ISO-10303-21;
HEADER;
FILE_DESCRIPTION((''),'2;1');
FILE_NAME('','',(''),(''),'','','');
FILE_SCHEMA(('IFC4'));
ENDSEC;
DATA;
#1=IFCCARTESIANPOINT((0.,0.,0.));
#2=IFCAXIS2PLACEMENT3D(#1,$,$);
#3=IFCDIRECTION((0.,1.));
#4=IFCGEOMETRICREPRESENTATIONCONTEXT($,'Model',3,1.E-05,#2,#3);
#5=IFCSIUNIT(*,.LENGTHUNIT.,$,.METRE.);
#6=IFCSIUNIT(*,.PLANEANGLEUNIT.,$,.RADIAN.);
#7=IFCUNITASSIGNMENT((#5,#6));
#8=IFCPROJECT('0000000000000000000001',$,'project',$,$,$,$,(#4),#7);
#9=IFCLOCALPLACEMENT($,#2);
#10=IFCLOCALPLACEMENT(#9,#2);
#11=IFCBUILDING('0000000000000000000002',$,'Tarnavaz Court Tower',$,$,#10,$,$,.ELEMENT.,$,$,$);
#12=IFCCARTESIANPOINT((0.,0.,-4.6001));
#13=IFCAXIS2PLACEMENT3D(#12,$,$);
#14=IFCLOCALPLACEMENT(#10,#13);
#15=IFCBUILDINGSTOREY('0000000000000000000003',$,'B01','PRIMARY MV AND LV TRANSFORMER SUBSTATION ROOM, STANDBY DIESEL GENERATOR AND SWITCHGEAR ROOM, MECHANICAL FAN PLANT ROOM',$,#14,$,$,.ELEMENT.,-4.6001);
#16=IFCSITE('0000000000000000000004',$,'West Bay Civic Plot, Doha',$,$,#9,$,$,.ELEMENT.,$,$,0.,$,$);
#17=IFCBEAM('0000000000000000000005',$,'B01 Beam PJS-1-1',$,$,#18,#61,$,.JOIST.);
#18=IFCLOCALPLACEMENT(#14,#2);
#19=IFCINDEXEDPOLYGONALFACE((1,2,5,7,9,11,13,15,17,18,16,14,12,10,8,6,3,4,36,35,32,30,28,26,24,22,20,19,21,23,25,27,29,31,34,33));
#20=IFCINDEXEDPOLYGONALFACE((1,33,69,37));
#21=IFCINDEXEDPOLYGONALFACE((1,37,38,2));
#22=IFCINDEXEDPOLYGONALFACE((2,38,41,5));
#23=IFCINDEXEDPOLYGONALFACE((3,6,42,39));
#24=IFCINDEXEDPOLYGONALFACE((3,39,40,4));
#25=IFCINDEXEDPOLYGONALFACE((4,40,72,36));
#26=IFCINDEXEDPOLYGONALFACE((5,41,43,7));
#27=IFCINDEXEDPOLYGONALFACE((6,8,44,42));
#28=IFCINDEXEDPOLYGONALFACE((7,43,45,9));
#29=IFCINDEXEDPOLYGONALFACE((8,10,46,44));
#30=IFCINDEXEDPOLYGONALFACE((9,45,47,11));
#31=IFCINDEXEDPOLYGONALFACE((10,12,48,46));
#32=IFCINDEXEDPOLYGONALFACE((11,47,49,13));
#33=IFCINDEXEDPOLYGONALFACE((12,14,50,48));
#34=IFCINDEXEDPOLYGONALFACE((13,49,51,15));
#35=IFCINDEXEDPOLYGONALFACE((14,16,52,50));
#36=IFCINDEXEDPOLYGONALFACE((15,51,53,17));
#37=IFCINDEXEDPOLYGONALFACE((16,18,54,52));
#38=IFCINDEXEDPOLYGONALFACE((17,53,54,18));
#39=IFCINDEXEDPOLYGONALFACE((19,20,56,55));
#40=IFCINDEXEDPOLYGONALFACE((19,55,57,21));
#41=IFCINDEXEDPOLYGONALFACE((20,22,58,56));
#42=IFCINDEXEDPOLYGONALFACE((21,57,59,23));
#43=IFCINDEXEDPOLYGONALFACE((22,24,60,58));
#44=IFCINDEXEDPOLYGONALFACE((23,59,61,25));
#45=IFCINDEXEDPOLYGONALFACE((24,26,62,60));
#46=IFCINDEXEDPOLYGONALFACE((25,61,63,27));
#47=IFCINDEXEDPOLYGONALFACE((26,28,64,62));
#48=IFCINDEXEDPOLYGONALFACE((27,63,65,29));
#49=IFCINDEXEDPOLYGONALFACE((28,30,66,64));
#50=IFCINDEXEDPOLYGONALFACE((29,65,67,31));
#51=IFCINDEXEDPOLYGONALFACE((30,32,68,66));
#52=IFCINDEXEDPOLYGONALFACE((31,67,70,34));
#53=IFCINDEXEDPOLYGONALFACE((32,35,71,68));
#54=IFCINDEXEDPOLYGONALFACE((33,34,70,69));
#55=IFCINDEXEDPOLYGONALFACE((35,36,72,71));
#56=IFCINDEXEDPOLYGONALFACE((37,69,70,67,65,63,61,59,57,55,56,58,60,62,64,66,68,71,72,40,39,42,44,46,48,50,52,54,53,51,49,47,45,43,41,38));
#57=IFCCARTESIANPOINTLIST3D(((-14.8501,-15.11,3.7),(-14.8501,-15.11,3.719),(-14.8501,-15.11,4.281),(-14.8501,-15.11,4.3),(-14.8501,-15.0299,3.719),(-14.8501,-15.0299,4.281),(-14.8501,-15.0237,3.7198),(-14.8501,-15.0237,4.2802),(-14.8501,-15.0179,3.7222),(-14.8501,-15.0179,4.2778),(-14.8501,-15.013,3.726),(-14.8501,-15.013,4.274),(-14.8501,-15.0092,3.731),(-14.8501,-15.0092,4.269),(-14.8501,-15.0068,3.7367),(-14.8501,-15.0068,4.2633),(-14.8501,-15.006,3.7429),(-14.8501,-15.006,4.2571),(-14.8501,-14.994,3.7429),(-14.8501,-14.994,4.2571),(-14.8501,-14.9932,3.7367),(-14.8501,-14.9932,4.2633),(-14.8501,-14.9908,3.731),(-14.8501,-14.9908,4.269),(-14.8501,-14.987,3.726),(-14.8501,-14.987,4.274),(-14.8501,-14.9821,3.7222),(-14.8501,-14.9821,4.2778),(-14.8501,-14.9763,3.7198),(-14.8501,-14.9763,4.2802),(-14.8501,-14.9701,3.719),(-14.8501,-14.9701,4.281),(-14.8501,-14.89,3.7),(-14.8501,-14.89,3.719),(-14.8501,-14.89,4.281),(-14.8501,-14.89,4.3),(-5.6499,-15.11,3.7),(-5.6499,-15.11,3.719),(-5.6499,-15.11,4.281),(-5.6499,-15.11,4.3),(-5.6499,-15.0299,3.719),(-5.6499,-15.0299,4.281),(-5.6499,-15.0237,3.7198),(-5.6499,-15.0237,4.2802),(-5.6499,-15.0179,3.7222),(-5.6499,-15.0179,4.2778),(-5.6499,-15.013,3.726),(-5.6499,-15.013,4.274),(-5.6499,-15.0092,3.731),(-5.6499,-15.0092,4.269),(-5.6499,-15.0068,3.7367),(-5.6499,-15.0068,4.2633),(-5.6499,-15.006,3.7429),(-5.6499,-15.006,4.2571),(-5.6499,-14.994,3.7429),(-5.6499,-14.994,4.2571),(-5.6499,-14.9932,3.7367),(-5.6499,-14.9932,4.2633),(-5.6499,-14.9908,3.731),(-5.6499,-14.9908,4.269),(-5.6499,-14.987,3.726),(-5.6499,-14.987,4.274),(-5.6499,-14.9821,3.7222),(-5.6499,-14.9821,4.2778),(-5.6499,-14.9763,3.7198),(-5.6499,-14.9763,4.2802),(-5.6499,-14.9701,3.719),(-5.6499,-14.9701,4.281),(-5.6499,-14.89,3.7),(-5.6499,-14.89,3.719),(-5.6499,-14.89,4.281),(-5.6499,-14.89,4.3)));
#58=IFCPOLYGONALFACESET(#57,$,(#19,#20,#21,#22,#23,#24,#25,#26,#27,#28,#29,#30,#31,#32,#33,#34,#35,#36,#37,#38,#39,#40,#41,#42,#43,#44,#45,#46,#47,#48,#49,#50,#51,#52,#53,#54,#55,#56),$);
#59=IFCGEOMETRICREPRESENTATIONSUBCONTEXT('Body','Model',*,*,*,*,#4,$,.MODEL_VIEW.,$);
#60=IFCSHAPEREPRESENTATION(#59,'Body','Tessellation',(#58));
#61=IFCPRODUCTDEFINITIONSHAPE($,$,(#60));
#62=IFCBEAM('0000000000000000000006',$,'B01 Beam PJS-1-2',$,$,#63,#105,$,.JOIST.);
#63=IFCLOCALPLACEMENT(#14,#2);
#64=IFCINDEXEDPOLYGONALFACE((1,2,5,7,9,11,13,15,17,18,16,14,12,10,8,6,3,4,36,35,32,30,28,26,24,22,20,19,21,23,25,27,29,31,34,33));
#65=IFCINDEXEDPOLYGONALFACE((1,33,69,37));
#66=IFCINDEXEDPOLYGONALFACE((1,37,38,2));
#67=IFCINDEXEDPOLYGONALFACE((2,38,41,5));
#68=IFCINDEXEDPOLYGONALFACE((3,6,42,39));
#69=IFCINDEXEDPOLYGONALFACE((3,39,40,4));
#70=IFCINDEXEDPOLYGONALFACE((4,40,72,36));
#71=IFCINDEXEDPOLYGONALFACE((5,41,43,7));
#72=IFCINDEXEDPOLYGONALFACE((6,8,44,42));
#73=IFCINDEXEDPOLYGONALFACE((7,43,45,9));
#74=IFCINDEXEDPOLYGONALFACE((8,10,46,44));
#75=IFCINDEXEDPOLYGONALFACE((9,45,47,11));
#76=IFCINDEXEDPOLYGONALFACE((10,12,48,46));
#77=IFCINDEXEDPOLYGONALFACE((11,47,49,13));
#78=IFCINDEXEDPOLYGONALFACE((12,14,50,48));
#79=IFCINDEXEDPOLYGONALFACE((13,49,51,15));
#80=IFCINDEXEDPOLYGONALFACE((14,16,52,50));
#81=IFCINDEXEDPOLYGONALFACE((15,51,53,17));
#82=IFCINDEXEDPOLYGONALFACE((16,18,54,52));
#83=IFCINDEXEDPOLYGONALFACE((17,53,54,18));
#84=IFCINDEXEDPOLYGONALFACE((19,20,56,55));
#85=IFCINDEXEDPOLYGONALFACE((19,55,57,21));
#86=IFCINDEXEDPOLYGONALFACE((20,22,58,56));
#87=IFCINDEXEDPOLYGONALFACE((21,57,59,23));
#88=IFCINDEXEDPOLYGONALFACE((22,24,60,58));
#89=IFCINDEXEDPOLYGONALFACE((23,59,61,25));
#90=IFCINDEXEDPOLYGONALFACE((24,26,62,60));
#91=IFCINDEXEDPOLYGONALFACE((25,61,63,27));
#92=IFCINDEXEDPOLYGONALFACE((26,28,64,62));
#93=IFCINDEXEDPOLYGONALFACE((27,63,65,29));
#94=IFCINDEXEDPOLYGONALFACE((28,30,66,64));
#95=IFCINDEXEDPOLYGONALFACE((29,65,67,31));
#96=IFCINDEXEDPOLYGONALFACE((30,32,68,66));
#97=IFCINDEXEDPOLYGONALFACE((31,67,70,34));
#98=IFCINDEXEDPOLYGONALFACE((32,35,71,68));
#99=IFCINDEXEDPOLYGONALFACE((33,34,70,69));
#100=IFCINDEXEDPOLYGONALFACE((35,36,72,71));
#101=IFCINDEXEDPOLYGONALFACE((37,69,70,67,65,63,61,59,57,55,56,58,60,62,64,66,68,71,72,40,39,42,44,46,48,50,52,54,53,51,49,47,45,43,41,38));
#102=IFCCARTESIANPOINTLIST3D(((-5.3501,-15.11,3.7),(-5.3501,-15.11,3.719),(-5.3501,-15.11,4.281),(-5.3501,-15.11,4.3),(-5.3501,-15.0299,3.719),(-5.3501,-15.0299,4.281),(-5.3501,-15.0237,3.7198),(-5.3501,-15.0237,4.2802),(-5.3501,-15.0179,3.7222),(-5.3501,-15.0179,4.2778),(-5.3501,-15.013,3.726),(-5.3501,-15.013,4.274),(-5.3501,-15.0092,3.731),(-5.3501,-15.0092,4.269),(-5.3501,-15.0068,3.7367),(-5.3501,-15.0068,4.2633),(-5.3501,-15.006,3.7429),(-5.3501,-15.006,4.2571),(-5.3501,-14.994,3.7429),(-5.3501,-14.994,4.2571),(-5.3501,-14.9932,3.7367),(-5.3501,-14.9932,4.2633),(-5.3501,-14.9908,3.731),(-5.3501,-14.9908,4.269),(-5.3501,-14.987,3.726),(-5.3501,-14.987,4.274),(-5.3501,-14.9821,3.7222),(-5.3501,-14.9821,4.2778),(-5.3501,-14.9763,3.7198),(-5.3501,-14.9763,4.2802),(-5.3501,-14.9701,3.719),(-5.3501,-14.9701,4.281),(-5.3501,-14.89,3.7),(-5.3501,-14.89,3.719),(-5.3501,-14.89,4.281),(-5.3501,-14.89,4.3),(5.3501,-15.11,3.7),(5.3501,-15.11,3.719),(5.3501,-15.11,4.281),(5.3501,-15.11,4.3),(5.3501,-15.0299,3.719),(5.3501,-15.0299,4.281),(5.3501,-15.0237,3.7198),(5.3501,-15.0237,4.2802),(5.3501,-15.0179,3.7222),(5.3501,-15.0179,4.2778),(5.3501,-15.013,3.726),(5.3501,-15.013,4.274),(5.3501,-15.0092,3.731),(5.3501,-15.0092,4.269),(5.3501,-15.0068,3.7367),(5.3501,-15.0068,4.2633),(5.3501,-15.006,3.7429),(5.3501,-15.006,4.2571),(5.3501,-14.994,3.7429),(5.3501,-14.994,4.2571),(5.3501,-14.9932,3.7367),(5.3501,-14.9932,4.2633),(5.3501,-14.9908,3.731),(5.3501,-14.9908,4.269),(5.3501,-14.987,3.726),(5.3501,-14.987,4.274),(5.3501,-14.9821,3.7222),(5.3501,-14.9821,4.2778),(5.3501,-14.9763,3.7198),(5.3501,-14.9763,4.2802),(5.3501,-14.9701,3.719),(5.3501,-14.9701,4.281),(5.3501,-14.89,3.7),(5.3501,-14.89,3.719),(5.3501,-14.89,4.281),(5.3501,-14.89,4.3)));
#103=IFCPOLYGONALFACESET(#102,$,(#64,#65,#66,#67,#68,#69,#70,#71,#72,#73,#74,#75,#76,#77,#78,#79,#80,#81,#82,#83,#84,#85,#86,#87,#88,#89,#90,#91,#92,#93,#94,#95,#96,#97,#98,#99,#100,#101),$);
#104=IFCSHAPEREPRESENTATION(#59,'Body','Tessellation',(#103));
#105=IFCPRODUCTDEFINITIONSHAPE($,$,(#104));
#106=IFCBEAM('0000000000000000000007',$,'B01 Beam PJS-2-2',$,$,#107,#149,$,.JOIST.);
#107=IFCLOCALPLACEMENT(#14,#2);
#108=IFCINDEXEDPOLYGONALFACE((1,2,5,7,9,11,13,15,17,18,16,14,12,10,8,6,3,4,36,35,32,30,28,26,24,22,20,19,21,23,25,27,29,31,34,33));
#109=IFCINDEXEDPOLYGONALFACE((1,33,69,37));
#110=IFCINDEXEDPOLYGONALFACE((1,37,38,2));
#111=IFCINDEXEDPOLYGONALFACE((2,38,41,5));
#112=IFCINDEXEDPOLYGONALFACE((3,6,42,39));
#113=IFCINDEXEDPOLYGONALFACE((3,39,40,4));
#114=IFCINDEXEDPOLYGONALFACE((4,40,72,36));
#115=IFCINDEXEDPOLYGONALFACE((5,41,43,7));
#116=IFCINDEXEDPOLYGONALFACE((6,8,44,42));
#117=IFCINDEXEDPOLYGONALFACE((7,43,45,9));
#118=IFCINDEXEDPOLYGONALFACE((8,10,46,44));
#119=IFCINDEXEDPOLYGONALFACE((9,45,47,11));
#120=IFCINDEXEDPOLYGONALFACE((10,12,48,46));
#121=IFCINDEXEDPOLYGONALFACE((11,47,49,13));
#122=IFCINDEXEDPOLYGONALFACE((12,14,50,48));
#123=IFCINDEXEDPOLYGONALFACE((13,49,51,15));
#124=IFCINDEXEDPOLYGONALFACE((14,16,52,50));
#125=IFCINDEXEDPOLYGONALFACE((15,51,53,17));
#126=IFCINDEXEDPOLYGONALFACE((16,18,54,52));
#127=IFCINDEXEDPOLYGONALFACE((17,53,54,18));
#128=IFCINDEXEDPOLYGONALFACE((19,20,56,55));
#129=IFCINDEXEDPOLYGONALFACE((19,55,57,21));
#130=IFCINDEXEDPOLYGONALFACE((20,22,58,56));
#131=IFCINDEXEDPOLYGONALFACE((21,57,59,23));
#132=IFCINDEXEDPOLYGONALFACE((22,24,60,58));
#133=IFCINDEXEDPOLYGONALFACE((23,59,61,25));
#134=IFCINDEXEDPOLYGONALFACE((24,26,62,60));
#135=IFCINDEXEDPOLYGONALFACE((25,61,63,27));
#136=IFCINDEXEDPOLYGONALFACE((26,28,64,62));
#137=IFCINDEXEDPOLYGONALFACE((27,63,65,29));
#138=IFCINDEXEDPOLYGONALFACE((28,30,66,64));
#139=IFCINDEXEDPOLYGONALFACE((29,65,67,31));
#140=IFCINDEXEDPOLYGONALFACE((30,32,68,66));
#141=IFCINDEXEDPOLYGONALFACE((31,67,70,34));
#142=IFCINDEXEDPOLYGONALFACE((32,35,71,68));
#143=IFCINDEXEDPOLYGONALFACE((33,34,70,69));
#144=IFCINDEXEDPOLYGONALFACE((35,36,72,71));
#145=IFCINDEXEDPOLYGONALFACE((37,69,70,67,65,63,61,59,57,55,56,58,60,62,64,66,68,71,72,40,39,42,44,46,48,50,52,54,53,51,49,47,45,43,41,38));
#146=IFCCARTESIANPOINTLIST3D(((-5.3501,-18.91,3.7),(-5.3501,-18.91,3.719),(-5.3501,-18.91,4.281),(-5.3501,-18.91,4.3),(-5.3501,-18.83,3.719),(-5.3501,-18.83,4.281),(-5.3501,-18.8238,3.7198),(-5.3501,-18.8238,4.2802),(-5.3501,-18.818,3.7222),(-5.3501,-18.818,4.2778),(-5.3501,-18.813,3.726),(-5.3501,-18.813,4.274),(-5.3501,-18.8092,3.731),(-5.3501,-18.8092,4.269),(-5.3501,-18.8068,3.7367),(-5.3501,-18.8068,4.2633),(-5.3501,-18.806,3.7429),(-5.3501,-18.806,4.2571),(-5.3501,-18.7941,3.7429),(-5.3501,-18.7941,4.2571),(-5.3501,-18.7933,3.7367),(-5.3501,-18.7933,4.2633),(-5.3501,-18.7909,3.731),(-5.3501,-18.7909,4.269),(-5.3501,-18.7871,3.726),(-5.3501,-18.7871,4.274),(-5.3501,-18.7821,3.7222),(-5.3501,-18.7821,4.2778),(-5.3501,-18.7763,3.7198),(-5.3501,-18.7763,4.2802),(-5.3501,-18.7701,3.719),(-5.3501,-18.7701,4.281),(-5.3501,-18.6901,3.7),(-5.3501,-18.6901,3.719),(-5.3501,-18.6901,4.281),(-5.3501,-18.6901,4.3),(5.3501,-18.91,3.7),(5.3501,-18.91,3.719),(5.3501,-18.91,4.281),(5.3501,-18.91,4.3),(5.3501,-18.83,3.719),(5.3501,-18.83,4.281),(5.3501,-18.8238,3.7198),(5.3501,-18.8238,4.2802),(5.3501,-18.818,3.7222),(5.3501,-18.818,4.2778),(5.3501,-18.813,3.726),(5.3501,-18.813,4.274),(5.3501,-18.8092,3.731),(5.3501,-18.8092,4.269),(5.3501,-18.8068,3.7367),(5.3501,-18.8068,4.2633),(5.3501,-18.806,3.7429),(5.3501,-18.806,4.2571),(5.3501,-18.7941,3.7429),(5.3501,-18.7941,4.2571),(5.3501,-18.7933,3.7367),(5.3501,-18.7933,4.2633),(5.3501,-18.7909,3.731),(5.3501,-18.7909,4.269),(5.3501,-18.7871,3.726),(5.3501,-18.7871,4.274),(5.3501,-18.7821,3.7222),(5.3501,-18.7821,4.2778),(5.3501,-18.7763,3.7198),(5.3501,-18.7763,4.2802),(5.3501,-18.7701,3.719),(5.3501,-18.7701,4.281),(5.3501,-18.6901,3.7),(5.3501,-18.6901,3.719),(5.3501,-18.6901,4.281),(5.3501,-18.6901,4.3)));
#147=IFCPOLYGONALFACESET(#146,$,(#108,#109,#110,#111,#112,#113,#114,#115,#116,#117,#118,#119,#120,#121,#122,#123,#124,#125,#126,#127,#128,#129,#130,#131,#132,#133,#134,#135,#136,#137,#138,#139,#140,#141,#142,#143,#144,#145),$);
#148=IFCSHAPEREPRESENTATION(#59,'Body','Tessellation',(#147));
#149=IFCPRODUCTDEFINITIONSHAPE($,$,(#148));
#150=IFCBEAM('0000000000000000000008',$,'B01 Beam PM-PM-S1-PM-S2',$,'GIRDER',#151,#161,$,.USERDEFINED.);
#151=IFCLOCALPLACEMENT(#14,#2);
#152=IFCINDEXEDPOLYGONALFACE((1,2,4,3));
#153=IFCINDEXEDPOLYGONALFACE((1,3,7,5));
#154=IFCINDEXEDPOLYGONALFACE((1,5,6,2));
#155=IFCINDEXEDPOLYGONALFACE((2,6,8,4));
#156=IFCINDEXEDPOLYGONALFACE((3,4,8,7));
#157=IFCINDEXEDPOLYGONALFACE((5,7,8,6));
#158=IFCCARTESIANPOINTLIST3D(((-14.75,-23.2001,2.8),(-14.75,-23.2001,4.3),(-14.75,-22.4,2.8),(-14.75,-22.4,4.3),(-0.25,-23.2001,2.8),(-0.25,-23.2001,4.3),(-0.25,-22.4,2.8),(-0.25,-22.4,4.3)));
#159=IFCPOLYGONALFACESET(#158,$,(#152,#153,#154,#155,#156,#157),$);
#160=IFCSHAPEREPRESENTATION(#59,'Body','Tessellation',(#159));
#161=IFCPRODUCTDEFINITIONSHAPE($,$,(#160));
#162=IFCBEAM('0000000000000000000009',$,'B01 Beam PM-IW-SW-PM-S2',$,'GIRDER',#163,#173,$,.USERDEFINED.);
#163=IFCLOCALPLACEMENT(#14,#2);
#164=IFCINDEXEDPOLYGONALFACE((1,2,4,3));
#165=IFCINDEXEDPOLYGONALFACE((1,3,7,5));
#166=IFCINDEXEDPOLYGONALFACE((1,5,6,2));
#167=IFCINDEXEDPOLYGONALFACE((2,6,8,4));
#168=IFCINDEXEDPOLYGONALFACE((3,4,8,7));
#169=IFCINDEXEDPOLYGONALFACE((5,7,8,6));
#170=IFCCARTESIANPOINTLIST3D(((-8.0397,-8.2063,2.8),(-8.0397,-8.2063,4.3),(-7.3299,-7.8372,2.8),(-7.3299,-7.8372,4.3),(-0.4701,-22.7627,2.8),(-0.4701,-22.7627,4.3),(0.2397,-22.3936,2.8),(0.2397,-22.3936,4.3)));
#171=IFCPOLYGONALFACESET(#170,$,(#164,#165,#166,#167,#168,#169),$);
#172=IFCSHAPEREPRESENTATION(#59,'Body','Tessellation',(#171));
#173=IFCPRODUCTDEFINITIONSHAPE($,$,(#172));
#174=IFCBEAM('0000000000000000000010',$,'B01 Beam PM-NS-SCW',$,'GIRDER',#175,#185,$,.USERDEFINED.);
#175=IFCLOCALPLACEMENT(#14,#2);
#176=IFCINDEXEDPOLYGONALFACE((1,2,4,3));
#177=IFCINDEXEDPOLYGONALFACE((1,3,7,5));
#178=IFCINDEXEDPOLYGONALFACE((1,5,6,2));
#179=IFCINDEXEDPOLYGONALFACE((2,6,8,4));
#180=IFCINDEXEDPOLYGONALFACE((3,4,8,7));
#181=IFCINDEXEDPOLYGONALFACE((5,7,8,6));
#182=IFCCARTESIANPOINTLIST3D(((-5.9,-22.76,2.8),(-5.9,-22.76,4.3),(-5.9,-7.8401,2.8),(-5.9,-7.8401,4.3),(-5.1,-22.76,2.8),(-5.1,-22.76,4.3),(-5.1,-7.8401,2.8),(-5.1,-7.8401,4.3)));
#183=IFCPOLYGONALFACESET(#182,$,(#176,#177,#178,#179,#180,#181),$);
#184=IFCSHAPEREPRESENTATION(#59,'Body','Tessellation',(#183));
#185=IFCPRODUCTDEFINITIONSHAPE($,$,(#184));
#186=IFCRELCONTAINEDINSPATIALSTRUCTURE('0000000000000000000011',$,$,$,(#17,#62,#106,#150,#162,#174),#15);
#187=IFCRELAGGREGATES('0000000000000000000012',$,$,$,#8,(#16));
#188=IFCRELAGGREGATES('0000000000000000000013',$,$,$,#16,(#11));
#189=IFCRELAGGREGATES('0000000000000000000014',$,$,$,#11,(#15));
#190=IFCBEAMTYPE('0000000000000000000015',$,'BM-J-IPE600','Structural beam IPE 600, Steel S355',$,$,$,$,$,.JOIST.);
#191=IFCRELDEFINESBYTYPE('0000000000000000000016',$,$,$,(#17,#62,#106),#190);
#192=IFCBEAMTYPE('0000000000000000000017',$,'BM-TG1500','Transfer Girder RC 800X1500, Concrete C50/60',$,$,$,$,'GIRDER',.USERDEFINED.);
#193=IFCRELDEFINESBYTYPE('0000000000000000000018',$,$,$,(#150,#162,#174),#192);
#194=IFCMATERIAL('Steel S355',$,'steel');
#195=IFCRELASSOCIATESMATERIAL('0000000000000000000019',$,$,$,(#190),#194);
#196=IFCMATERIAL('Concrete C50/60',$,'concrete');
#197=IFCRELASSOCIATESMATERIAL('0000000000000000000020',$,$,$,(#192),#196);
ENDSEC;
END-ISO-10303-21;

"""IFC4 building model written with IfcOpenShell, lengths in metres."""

from ifc_helpers import new_model, si_unit, direction, frame, origin, origin_2d, place, context, subcontext, project, spatial, rectangle, i_section, extrude, material, material_profile, profile_set, type_object, element, save


model = new_model("IFC4")

# Units and contexts
model_context = context("Model", 3, precision=1e-05, world=origin(), true_north=direction((0.0, 1.0)))
body_context = subcontext(model_context, "Body", "Model", "MODEL_VIEW")
ifc_project = project(units=[si_unit("LENGTHUNIT", "METRE"), si_unit("PLANEANGLEUNIT", "RADIAN")], contexts=[model_context])

# Site, building, storey
site_placement = place(None, origin())
site = spatial("IfcSite", under=ifc_project, at=site_placement, Name="West Bay Civic Plot, Doha", CompositionType="ELEMENT", RefElevation=0.0)
building_placement = place(site_placement, origin())
building = spatial("IfcBuilding", under=site, at=building_placement, Name="Tarnavaz Court Tower", CompositionType="ELEMENT")
storey_placement = place(building_placement, frame((0.0, 0.0, -4.6001)))
storey = spatial("IfcBuildingStorey", under=building, at=storey_placement, Name="B01", Description="PRIMARY MV AND LV TRANSFORMER SUBSTATION ROOM, STANDBY DIESEL GENERATOR AND SWITCHGEAR ROOM, MECHANICAL FAN PLANT ROOM", CompositionType="ELEMENT", Elevation=-4.6001)

# Beams
ifc_material_1 = material(Name="Steel S355", Category="steel")
ifc_material_profile_1 = material_profile(ifc_material_1, i_section(OverallWidth=0.22, OverallDepth=0.6001, WebThickness=0.012, FlangeThickness=0.019, FilletRadius=0.0239, at=origin_2d()), Name="IPE 600")
ifc_profile_set_1 = profile_set([ifc_material_profile_1], Name="Steel S355")
beam_type_1 = type_object("IfcBeamType", Name="BM-J-IPE600", Description="Structural beam IPE 600, Steel S355", PredefinedType="JOIST", material=ifc_profile_set_1)
beam_1_placement = place(storey_placement, frame((-14.8501, -15.0, 4.0), z_axis=(1.0, 0.0, 0.0), x_axis=(0.0, 1.0, 0.0)))
element("IfcBeam", 1, at=beam_1_placement, inside=storey, type_object=beam_type_1, Name="B01 Beam PJS-1-1", PredefinedType="JOIST", context=body_context, shape_type="SweptSolid", body=[
    extrude(i_section(OverallWidth=0.22, OverallDepth=0.6001, WebThickness=0.012, FlangeThickness=0.019, FilletRadius=0.0239, at=origin_2d()), origin(), (0.0, 0.0, 1.0), 9.2002),
])
for number, where, z_axis, x_axis, name in (
    (2, (-5.3501, -15.0, 4.0), (1.0, 0.0, 0.0), (0.0, 1.0, 0.0), "B01 Beam PJS-1-2"),
    (3, (-5.3501, -18.8, 4.0), (1.0, 0.0, 0.0), (0.0, 1.0, 0.0), "B01 Beam PJS-2-2"),
):
    element("IfcBeam", number, at=place(storey_placement, frame(where, z_axis=z_axis, x_axis=x_axis)), inside=storey, type_object=beam_type_1, Name=name, PredefinedType="JOIST", context=body_context, shape_type="SweptSolid", body=[
        extrude(i_section(OverallWidth=0.22, OverallDepth=0.6001, WebThickness=0.012, FlangeThickness=0.019, FilletRadius=0.0239, at=origin_2d()), origin(), (0.0, 0.0, 1.0), 10.7002),
    ])
ifc_material_2 = material(Name="Concrete C50/60", Category="concrete")
ifc_material_profile_2 = material_profile(ifc_material_2, rectangle(XDim=0.8, YDim=1.5, at=origin_2d()), Name="RC 800X1500")
ifc_profile_set_2 = profile_set([ifc_material_profile_2], Name="Concrete C50/60")
beam_type_2 = type_object("IfcBeamType", Name="BM-TG1500", Description="Transfer Girder RC 800X1500, Concrete C50/60", ElementType="GIRDER", PredefinedType="USERDEFINED", material=ifc_profile_set_2)
beam_2_placement = place(storey_placement, frame((-14.75, -22.8, 3.55), z_axis=(1.0, 0.0, 0.0), x_axis=(0.0, 1.0, 0.0)))
element("IfcBeam", 4, at=beam_2_placement, inside=storey, type_object=beam_type_2, Name="B01 Beam PM-PM-S1-PM-S2", ObjectType="GIRDER", PredefinedType="USERDEFINED", context=body_context, shape_type="SweptSolid", body=[
    extrude(rectangle(XDim=0.8, YDim=1.5, at=origin_2d()), origin(), (0.0, 0.0, 1.0), 14.5),
])
beam_3_placement = place(storey_placement, frame((-7.6848, -8.0217, 3.55), z_axis=(0.461365, -0.88721, 0.0), x_axis=(0.88721, 0.461365, 0.0)))
element("IfcBeam", 5, at=beam_3_placement, inside=storey, type_object=beam_type_2, Name="B01 Beam PM-IW-SW-PM-S2", ObjectType="GIRDER", PredefinedType="USERDEFINED", context=body_context, shape_type="SweptSolid", body=[
    extrude(rectangle(XDim=0.8, YDim=1.5, at=origin_2d()), origin(), (0.0, 0.0, 1.0), 16.407),
])
beam_4_placement = place(storey_placement, frame((-5.5, -7.8401, 3.55), z_axis=(0.0, -1.0, 0.0), x_axis=(1.0, 0.0, 0.0)))
element("IfcBeam", 6, at=beam_4_placement, inside=storey, type_object=beam_type_2, Name="B01 Beam PM-NS-SCW", ObjectType="GIRDER", PredefinedType="USERDEFINED", context=body_context, shape_type="SweptSolid", body=[
    extrude(rectangle(XDim=0.8, YDim=1.5, at=origin_2d()), origin(), (0.0, 0.0, 1.0), 14.9199),
])

save(model, "model.ifc")
